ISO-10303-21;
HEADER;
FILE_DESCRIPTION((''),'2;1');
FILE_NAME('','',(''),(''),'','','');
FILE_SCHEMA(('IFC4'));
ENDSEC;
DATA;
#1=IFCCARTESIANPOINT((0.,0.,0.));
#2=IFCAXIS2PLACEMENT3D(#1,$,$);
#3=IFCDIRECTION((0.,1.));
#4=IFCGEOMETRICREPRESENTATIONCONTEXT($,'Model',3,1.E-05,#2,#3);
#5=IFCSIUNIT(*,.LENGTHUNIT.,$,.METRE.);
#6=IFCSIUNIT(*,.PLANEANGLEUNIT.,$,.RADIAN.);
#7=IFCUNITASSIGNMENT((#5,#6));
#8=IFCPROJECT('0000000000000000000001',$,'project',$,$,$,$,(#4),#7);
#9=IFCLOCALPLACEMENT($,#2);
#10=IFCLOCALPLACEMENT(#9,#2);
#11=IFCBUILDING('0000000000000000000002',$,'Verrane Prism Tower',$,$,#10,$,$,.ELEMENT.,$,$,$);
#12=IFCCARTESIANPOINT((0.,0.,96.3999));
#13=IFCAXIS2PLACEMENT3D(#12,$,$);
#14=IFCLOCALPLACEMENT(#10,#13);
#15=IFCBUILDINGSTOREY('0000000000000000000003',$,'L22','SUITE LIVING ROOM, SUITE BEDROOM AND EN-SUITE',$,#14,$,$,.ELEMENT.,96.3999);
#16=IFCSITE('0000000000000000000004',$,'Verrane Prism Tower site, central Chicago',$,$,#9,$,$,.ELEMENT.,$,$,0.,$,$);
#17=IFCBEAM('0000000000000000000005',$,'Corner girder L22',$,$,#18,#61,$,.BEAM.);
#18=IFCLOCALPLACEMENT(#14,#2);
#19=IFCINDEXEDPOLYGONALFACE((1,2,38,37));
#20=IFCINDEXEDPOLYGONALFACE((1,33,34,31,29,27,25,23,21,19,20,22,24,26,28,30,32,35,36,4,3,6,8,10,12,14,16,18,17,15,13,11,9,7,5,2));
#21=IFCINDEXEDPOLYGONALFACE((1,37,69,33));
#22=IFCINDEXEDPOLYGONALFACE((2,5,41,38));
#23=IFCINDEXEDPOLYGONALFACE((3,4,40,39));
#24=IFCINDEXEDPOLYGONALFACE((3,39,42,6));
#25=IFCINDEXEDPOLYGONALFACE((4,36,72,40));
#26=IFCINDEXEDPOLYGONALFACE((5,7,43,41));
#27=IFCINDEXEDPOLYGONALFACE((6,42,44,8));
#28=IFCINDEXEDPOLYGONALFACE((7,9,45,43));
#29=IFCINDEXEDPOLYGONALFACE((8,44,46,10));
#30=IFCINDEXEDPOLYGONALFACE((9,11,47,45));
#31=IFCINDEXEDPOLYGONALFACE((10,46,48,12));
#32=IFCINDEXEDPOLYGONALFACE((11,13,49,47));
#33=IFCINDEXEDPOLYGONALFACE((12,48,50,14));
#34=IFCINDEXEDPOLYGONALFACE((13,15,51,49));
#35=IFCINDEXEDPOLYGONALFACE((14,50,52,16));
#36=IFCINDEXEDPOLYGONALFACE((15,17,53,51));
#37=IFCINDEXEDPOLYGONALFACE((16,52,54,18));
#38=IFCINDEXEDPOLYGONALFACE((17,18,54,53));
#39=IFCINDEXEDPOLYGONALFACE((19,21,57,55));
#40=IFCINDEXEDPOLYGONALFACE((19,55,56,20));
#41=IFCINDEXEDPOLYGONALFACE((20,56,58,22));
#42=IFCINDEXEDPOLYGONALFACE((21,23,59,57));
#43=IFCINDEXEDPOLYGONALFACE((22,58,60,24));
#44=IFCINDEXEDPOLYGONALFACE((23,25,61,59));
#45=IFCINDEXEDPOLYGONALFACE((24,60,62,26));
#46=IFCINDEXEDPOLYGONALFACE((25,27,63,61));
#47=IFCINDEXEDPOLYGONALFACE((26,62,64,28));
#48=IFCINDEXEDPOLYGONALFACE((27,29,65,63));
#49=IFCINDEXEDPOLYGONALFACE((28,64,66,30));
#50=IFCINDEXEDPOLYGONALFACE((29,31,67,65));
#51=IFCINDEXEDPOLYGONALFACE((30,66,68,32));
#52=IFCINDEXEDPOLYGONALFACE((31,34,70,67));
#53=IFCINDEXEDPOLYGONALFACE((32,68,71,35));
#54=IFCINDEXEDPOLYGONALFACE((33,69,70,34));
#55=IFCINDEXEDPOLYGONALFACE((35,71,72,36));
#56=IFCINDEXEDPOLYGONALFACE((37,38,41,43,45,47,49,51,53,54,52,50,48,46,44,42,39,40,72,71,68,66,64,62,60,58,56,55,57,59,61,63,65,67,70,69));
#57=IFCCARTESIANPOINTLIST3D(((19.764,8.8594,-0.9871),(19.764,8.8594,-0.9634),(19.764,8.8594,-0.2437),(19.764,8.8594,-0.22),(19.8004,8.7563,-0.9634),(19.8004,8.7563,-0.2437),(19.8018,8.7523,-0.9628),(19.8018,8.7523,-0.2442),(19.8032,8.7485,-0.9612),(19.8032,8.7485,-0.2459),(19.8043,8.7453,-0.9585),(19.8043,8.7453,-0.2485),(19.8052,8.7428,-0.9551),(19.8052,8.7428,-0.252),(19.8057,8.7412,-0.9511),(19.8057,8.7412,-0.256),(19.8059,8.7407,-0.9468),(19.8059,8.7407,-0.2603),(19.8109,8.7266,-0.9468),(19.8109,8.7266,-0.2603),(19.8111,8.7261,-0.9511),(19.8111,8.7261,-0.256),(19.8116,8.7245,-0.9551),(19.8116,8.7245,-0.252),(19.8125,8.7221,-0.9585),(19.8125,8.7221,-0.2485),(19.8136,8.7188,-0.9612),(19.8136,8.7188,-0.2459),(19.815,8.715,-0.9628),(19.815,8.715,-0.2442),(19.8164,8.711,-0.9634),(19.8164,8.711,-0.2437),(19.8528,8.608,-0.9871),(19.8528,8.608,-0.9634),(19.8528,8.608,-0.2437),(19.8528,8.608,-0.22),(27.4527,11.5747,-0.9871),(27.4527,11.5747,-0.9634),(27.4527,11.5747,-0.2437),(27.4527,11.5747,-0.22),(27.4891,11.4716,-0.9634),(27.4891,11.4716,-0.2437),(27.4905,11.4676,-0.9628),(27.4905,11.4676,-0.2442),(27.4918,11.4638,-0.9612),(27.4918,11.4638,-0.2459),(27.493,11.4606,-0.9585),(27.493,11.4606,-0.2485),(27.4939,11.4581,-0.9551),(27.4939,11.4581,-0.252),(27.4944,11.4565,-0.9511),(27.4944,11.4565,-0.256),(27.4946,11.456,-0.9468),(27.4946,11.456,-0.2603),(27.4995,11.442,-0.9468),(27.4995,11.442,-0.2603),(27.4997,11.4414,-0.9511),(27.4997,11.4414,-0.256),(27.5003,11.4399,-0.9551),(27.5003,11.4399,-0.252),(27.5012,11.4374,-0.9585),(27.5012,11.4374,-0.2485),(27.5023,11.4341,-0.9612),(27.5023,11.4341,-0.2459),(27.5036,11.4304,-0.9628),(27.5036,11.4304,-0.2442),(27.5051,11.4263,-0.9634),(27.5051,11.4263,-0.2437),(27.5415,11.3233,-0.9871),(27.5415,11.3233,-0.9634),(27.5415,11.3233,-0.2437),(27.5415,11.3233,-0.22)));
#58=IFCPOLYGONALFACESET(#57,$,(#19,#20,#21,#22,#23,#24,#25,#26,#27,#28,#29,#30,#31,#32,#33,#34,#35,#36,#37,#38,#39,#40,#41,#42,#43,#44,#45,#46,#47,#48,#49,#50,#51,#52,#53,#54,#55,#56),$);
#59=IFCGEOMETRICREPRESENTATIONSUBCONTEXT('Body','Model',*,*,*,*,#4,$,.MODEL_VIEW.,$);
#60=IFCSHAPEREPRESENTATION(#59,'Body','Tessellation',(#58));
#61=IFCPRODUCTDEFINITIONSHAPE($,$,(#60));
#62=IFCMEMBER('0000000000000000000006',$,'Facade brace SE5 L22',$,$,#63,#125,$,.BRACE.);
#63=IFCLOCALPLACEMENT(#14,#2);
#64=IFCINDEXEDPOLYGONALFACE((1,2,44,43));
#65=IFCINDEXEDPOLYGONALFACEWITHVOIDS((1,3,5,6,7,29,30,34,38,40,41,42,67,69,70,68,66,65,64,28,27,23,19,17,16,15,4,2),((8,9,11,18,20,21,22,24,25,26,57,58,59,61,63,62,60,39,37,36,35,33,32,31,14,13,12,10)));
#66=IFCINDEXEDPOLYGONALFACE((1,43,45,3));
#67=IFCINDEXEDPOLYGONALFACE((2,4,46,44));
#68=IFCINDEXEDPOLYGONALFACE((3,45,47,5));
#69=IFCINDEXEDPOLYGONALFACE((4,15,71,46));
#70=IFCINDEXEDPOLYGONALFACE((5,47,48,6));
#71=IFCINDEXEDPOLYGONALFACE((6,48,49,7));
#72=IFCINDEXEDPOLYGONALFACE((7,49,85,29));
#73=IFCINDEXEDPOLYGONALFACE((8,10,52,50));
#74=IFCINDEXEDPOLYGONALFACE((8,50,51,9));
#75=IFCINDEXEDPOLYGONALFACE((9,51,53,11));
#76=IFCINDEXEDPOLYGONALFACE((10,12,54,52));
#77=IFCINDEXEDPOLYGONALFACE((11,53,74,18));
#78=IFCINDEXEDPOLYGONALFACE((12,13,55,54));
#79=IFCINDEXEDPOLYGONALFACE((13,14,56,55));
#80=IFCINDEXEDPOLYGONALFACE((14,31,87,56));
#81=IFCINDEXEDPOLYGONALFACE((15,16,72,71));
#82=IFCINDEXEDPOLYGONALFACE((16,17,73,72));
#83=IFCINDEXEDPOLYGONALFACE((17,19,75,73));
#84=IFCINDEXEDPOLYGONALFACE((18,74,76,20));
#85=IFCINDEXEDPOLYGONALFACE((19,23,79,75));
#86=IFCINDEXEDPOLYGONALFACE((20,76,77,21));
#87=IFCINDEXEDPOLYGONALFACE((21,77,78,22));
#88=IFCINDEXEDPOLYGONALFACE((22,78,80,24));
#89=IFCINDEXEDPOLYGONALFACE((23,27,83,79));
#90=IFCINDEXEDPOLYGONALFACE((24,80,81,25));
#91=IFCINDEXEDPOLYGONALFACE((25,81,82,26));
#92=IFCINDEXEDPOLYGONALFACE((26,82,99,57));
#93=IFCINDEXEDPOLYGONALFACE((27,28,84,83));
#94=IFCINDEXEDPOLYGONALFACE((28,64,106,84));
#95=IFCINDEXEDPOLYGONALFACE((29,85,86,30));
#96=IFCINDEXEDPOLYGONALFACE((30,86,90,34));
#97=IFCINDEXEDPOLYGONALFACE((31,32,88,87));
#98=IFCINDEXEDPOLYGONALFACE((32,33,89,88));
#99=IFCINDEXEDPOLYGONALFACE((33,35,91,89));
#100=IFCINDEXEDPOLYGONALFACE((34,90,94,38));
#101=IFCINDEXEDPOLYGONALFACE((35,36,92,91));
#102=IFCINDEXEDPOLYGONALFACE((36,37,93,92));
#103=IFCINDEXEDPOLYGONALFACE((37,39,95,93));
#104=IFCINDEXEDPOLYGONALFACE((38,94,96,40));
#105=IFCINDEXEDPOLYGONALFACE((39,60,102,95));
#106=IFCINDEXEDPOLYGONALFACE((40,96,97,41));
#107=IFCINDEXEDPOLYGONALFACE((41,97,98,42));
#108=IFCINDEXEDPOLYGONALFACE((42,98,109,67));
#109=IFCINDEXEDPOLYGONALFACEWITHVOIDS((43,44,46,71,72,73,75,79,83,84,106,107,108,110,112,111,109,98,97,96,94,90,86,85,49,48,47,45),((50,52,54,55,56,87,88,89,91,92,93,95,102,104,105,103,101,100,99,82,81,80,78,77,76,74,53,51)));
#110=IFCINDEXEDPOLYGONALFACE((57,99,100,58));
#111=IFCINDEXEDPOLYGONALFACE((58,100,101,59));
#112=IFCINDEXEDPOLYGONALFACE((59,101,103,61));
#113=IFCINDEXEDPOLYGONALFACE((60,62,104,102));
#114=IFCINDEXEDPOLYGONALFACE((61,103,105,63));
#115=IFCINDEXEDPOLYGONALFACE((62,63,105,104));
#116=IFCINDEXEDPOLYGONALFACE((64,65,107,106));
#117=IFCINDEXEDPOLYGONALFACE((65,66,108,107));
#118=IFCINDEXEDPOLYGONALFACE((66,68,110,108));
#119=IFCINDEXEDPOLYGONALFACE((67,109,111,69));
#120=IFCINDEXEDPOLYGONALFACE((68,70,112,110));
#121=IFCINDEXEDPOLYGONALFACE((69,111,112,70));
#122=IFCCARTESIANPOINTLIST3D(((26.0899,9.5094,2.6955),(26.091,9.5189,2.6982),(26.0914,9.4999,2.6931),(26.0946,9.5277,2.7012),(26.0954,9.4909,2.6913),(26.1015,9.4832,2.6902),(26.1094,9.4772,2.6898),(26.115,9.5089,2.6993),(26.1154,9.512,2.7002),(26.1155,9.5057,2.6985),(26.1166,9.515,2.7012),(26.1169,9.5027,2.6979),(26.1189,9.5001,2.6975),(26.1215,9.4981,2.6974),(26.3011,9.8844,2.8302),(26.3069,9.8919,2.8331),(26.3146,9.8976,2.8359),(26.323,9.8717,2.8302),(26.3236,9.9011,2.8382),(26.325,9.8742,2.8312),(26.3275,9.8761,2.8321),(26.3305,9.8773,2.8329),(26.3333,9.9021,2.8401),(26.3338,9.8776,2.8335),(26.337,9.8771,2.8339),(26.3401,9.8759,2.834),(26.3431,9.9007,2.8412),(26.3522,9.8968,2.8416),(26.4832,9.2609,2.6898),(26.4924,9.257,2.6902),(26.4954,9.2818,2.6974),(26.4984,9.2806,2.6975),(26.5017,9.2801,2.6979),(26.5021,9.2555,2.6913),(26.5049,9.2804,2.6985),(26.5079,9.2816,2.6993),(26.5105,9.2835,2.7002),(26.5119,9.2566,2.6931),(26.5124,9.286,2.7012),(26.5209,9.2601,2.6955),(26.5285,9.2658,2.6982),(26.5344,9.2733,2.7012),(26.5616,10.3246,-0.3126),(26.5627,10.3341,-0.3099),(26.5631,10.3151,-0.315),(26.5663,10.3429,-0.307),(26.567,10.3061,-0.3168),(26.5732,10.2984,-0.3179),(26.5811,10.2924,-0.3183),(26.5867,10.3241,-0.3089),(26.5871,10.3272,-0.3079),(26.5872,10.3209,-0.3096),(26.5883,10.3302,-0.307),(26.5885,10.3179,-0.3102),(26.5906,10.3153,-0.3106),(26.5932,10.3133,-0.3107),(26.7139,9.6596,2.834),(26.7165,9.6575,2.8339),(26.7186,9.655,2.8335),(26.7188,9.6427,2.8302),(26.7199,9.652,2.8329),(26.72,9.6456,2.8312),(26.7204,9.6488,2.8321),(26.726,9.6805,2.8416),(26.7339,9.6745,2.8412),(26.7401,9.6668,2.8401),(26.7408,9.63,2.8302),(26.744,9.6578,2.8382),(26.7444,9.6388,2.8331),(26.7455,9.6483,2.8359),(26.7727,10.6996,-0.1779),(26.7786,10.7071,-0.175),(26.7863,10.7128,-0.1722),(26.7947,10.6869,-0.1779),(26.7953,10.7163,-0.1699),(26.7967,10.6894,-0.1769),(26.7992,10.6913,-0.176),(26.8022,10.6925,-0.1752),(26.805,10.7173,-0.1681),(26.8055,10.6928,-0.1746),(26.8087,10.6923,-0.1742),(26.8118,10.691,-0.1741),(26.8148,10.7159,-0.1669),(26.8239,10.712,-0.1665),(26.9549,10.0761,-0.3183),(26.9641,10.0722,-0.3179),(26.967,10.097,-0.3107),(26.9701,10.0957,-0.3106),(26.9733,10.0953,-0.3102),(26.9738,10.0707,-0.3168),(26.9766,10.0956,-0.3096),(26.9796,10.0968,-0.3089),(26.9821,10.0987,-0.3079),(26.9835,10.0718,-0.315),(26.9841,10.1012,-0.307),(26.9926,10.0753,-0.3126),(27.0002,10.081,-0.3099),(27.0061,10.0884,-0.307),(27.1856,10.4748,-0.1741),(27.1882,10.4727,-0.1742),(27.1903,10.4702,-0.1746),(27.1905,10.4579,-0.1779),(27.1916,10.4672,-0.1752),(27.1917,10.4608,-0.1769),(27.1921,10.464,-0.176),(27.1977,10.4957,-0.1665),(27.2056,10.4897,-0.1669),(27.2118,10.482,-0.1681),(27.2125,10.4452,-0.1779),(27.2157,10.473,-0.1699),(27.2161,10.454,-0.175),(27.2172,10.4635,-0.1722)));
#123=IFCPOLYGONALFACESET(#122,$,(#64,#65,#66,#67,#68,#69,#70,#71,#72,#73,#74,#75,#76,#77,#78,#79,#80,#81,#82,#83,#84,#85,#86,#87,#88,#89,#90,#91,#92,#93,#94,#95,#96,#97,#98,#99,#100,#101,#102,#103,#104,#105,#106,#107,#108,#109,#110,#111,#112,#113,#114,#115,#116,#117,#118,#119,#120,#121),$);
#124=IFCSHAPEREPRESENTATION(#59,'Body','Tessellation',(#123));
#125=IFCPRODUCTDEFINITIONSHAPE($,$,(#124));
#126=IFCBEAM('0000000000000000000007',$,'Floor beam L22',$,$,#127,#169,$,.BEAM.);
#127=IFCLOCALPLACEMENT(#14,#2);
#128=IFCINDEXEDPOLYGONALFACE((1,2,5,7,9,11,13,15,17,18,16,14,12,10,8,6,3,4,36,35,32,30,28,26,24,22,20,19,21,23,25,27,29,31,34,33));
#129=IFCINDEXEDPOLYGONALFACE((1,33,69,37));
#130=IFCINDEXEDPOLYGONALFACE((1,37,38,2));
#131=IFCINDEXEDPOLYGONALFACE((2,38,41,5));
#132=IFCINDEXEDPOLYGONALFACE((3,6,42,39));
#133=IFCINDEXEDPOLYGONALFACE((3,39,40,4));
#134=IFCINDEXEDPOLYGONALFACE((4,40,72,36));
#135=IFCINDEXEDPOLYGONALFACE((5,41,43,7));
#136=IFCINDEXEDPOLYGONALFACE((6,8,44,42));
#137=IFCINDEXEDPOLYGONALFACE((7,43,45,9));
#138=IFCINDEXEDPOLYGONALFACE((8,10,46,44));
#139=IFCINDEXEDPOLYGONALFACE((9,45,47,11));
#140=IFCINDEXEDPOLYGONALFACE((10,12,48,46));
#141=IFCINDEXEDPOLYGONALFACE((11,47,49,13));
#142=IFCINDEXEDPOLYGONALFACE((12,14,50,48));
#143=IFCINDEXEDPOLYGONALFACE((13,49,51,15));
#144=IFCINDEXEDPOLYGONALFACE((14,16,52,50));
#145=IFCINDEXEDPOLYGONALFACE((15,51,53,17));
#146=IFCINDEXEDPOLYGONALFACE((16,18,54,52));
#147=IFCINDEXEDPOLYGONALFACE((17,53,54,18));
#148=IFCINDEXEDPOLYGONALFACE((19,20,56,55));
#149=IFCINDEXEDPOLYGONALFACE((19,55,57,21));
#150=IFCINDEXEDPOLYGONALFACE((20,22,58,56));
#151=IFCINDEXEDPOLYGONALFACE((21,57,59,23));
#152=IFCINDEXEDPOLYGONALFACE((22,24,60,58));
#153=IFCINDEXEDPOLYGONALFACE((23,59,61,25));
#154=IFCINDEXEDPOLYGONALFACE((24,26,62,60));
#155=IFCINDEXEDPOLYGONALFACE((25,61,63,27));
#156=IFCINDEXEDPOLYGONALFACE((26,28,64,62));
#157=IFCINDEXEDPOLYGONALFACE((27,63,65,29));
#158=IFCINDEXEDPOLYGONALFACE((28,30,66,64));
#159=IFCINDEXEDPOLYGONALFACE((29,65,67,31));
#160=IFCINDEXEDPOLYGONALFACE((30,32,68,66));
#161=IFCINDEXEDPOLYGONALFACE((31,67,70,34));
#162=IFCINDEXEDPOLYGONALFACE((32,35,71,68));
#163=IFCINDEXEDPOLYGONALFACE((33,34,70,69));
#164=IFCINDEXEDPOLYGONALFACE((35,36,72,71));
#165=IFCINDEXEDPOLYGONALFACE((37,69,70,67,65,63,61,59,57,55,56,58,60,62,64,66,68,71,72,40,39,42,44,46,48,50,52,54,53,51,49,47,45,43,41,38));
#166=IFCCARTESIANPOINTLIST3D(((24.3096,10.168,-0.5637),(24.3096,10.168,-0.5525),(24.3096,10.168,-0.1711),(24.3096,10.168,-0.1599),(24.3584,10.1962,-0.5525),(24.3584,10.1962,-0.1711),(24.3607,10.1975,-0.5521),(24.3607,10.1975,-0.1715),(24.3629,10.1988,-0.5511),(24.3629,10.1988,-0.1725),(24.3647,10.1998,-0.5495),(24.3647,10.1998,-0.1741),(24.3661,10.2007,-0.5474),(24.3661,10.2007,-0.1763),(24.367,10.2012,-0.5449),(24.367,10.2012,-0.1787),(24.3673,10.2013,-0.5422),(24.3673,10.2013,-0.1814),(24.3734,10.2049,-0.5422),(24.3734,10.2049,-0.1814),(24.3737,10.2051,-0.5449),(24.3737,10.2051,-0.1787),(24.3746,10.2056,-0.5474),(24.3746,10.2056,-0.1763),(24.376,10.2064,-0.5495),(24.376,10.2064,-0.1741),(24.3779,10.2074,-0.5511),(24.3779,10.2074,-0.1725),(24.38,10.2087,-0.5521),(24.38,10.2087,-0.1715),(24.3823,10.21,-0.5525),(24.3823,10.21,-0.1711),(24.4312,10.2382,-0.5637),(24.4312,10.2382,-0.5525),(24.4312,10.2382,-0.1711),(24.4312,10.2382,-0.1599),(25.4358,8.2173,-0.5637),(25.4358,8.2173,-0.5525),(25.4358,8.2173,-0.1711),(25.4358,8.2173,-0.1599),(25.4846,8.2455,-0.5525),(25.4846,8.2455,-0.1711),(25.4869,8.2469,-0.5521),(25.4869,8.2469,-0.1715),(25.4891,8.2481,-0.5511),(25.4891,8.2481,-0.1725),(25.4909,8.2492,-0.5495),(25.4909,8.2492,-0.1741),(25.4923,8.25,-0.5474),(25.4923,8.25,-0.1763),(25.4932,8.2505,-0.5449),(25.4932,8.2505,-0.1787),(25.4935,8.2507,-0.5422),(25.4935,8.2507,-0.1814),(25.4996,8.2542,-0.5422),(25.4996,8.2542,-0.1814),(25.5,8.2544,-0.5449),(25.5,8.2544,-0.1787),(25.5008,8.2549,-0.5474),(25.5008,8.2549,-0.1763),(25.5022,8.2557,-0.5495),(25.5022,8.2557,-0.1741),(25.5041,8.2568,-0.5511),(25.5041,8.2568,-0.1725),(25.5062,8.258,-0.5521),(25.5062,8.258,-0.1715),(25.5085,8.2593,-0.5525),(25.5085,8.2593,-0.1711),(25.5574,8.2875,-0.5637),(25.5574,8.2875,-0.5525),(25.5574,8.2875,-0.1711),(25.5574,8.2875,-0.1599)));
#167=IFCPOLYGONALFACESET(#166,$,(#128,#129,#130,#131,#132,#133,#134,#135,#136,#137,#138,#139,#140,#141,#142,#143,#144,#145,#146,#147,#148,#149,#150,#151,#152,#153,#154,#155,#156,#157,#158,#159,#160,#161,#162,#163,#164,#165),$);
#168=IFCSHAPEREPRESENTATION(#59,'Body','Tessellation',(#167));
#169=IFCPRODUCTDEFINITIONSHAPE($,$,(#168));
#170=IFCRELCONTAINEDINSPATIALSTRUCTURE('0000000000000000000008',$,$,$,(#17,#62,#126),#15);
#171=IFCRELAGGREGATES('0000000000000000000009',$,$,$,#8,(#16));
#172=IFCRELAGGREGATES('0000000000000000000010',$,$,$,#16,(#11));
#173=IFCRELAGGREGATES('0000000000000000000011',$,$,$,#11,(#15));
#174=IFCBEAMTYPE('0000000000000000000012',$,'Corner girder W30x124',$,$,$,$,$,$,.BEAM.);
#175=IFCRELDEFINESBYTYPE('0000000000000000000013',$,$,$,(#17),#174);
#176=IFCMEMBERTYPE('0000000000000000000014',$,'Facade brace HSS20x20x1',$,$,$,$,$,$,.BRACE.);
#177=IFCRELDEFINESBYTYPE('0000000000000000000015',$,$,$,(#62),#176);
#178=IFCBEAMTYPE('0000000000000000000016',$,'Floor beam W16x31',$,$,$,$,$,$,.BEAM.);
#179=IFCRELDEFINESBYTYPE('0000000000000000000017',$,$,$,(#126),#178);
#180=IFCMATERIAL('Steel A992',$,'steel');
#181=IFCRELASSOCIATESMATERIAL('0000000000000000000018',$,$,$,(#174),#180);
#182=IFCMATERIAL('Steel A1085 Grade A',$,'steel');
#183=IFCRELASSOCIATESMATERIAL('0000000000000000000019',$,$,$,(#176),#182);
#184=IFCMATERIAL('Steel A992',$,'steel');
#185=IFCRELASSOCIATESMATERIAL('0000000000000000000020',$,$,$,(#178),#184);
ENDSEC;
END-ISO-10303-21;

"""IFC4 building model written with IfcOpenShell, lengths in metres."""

from ifc_helpers import new_model, si_unit, direction, frame, origin, origin_2d, place, context, subcontext, project, spatial, hollow_rectangle, i_section, extrude, material, material_profile, profile_set, type_object, element, save


model = new_model("IFC4")

# Units and contexts
model_context = context("Model", 3, precision=1e-05, world=origin(), true_north=direction((0.0, 1.0)))
body_context = subcontext(model_context, "Body", "Model", "MODEL_VIEW")
ifc_project = project(units=[si_unit("LENGTHUNIT", "METRE"), si_unit("PLANEANGLEUNIT", "RADIAN")], contexts=[model_context])

# Site, building, storey
site_placement = place(None, origin())
site = spatial("IfcSite", under=ifc_project, at=site_placement, Name="Verrane Prism Tower site, central Chicago", CompositionType="ELEMENT", RefElevation=0.0)
building_placement = place(site_placement, origin())
building = spatial("IfcBuilding", under=site, at=building_placement, Name="Verrane Prism Tower", CompositionType="ELEMENT")
storey_placement = place(building_placement, frame((0.0, 0.0, 96.3999)))
storey = spatial("IfcBuildingStorey", under=building, at=storey_placement, Name="L22", Description="SUITE LIVING ROOM, SUITE BEDROOM AND EN-SUITE", CompositionType="ELEMENT", Elevation=96.3999)

# Beam
ifc_material_1 = material(Name="Steel A992", Category="steel")
ifc_material_profile_1 = material_profile(ifc_material_1, i_section(OverallWidth=0.2666, OverallDepth=0.7671, WebThickness=0.0149, FlangeThickness=0.0237, FilletRadius=0.0166, at=origin_2d()), Name="W30x124")
ifc_profile_set_1 = profile_set([ifc_material_profile_1], Name="Steel A992")
beam_type_1 = type_object("IfcBeamType", Name="Corner girder W30x124", PredefinedType="BEAM", material=ifc_profile_set_1)
beam_1_placement = place(storey_placement, frame((27.4971, 11.449, -0.6035), z_axis=(-0.942926, -0.333002, 0.0), x_axis=(0.333002, -0.942926, 0.0)))
element("IfcBeam", 1, at=beam_1_placement, inside=storey, type_object=beam_type_1, Name="Corner girder L22", PredefinedType="BEAM", context=body_context, shape_type="SweptSolid", body=[
    extrude(i_section(OverallWidth=0.2666, OverallDepth=0.7671, WebThickness=0.0149, FlangeThickness=0.0237, FilletRadius=0.0166, at=origin_2d()), origin(), (0.0, 0.0, 1.0), 8.1541),
])

# Member
ifc_material_2 = material(Name="Steel A1085 Grade A", Category="steel")
ifc_material_profile_2 = material_profile(ifc_material_2, hollow_rectangle(XDim=0.5081, YDim=0.5081, WallThickness=0.0254, InnerFilletRadius=0.0127, OuterFilletRadius=0.0381, at=origin_2d()), Name="HSS20x20x1")
ifc_profile_set_2 = profile_set([ifc_material_profile_2], Name="Steel A1085 Grade A")
member_type_1 = type_object("IfcMemberType", Name="Facade brace HSS20x20x1", PredefinedType="BRACE", material=ifc_profile_set_2)
member_1_placement = place(storey_placement, frame((26.8894, 10.394, -0.2424), z_axis=(-0.149642, -0.258621, 0.954318), x_axis=(0.86555, -0.500822, 0.0)))
element("IfcMember", 2, at=member_1_placement, inside=storey, type_object=member_type_1, Name="Facade brace SE5 L22", PredefinedType="BRACE", context=body_context, shape_type="SweptSolid", body=[
    extrude(hollow_rectangle(XDim=0.5081, YDim=0.5081, WallThickness=0.0254, InnerFilletRadius=0.0127, OuterFilletRadius=0.0381, at=origin_2d()), origin(), (0.0, 0.0, 1.0), 3.1521),
])

# Beam
ifc_material_3 = material(Name="Steel A992", Category="steel")
ifc_material_profile_3 = material_profile(ifc_material_3, i_section(OverallWidth=0.1404, OverallDepth=0.4038, WebThickness=0.0071, FlangeThickness=0.0112, FilletRadius=0.0103, at=origin_2d()), Name="W16x31")
ifc_profile_set_3 = profile_set([ifc_material_profile_3], Name="Steel A992")
beam_type_2 = type_object("IfcBeamType", Name="Floor beam W16x31", PredefinedType="BEAM", material=ifc_profile_set_3)
beam_2_placement = place(storey_placement, frame((25.4966, 8.2524, -0.3618), z_axis=(-0.499998, 0.866027, 0.0), x_axis=(-0.866027, -0.499998, 0.0)))
element("IfcBeam", 3, at=beam_2_placement, inside=storey, type_object=beam_type_2, Name="Floor beam L22", PredefinedType="BEAM", context=body_context, shape_type="SweptSolid", body=[
    extrude(i_section(OverallWidth=0.1404, OverallDepth=0.4038, WebThickness=0.0071, FlangeThickness=0.0112, FilletRadius=0.0103, at=origin_2d()), origin(), (0.0, 0.0, 1.0), 2.2524),
])

save(model, "model.ifc")
